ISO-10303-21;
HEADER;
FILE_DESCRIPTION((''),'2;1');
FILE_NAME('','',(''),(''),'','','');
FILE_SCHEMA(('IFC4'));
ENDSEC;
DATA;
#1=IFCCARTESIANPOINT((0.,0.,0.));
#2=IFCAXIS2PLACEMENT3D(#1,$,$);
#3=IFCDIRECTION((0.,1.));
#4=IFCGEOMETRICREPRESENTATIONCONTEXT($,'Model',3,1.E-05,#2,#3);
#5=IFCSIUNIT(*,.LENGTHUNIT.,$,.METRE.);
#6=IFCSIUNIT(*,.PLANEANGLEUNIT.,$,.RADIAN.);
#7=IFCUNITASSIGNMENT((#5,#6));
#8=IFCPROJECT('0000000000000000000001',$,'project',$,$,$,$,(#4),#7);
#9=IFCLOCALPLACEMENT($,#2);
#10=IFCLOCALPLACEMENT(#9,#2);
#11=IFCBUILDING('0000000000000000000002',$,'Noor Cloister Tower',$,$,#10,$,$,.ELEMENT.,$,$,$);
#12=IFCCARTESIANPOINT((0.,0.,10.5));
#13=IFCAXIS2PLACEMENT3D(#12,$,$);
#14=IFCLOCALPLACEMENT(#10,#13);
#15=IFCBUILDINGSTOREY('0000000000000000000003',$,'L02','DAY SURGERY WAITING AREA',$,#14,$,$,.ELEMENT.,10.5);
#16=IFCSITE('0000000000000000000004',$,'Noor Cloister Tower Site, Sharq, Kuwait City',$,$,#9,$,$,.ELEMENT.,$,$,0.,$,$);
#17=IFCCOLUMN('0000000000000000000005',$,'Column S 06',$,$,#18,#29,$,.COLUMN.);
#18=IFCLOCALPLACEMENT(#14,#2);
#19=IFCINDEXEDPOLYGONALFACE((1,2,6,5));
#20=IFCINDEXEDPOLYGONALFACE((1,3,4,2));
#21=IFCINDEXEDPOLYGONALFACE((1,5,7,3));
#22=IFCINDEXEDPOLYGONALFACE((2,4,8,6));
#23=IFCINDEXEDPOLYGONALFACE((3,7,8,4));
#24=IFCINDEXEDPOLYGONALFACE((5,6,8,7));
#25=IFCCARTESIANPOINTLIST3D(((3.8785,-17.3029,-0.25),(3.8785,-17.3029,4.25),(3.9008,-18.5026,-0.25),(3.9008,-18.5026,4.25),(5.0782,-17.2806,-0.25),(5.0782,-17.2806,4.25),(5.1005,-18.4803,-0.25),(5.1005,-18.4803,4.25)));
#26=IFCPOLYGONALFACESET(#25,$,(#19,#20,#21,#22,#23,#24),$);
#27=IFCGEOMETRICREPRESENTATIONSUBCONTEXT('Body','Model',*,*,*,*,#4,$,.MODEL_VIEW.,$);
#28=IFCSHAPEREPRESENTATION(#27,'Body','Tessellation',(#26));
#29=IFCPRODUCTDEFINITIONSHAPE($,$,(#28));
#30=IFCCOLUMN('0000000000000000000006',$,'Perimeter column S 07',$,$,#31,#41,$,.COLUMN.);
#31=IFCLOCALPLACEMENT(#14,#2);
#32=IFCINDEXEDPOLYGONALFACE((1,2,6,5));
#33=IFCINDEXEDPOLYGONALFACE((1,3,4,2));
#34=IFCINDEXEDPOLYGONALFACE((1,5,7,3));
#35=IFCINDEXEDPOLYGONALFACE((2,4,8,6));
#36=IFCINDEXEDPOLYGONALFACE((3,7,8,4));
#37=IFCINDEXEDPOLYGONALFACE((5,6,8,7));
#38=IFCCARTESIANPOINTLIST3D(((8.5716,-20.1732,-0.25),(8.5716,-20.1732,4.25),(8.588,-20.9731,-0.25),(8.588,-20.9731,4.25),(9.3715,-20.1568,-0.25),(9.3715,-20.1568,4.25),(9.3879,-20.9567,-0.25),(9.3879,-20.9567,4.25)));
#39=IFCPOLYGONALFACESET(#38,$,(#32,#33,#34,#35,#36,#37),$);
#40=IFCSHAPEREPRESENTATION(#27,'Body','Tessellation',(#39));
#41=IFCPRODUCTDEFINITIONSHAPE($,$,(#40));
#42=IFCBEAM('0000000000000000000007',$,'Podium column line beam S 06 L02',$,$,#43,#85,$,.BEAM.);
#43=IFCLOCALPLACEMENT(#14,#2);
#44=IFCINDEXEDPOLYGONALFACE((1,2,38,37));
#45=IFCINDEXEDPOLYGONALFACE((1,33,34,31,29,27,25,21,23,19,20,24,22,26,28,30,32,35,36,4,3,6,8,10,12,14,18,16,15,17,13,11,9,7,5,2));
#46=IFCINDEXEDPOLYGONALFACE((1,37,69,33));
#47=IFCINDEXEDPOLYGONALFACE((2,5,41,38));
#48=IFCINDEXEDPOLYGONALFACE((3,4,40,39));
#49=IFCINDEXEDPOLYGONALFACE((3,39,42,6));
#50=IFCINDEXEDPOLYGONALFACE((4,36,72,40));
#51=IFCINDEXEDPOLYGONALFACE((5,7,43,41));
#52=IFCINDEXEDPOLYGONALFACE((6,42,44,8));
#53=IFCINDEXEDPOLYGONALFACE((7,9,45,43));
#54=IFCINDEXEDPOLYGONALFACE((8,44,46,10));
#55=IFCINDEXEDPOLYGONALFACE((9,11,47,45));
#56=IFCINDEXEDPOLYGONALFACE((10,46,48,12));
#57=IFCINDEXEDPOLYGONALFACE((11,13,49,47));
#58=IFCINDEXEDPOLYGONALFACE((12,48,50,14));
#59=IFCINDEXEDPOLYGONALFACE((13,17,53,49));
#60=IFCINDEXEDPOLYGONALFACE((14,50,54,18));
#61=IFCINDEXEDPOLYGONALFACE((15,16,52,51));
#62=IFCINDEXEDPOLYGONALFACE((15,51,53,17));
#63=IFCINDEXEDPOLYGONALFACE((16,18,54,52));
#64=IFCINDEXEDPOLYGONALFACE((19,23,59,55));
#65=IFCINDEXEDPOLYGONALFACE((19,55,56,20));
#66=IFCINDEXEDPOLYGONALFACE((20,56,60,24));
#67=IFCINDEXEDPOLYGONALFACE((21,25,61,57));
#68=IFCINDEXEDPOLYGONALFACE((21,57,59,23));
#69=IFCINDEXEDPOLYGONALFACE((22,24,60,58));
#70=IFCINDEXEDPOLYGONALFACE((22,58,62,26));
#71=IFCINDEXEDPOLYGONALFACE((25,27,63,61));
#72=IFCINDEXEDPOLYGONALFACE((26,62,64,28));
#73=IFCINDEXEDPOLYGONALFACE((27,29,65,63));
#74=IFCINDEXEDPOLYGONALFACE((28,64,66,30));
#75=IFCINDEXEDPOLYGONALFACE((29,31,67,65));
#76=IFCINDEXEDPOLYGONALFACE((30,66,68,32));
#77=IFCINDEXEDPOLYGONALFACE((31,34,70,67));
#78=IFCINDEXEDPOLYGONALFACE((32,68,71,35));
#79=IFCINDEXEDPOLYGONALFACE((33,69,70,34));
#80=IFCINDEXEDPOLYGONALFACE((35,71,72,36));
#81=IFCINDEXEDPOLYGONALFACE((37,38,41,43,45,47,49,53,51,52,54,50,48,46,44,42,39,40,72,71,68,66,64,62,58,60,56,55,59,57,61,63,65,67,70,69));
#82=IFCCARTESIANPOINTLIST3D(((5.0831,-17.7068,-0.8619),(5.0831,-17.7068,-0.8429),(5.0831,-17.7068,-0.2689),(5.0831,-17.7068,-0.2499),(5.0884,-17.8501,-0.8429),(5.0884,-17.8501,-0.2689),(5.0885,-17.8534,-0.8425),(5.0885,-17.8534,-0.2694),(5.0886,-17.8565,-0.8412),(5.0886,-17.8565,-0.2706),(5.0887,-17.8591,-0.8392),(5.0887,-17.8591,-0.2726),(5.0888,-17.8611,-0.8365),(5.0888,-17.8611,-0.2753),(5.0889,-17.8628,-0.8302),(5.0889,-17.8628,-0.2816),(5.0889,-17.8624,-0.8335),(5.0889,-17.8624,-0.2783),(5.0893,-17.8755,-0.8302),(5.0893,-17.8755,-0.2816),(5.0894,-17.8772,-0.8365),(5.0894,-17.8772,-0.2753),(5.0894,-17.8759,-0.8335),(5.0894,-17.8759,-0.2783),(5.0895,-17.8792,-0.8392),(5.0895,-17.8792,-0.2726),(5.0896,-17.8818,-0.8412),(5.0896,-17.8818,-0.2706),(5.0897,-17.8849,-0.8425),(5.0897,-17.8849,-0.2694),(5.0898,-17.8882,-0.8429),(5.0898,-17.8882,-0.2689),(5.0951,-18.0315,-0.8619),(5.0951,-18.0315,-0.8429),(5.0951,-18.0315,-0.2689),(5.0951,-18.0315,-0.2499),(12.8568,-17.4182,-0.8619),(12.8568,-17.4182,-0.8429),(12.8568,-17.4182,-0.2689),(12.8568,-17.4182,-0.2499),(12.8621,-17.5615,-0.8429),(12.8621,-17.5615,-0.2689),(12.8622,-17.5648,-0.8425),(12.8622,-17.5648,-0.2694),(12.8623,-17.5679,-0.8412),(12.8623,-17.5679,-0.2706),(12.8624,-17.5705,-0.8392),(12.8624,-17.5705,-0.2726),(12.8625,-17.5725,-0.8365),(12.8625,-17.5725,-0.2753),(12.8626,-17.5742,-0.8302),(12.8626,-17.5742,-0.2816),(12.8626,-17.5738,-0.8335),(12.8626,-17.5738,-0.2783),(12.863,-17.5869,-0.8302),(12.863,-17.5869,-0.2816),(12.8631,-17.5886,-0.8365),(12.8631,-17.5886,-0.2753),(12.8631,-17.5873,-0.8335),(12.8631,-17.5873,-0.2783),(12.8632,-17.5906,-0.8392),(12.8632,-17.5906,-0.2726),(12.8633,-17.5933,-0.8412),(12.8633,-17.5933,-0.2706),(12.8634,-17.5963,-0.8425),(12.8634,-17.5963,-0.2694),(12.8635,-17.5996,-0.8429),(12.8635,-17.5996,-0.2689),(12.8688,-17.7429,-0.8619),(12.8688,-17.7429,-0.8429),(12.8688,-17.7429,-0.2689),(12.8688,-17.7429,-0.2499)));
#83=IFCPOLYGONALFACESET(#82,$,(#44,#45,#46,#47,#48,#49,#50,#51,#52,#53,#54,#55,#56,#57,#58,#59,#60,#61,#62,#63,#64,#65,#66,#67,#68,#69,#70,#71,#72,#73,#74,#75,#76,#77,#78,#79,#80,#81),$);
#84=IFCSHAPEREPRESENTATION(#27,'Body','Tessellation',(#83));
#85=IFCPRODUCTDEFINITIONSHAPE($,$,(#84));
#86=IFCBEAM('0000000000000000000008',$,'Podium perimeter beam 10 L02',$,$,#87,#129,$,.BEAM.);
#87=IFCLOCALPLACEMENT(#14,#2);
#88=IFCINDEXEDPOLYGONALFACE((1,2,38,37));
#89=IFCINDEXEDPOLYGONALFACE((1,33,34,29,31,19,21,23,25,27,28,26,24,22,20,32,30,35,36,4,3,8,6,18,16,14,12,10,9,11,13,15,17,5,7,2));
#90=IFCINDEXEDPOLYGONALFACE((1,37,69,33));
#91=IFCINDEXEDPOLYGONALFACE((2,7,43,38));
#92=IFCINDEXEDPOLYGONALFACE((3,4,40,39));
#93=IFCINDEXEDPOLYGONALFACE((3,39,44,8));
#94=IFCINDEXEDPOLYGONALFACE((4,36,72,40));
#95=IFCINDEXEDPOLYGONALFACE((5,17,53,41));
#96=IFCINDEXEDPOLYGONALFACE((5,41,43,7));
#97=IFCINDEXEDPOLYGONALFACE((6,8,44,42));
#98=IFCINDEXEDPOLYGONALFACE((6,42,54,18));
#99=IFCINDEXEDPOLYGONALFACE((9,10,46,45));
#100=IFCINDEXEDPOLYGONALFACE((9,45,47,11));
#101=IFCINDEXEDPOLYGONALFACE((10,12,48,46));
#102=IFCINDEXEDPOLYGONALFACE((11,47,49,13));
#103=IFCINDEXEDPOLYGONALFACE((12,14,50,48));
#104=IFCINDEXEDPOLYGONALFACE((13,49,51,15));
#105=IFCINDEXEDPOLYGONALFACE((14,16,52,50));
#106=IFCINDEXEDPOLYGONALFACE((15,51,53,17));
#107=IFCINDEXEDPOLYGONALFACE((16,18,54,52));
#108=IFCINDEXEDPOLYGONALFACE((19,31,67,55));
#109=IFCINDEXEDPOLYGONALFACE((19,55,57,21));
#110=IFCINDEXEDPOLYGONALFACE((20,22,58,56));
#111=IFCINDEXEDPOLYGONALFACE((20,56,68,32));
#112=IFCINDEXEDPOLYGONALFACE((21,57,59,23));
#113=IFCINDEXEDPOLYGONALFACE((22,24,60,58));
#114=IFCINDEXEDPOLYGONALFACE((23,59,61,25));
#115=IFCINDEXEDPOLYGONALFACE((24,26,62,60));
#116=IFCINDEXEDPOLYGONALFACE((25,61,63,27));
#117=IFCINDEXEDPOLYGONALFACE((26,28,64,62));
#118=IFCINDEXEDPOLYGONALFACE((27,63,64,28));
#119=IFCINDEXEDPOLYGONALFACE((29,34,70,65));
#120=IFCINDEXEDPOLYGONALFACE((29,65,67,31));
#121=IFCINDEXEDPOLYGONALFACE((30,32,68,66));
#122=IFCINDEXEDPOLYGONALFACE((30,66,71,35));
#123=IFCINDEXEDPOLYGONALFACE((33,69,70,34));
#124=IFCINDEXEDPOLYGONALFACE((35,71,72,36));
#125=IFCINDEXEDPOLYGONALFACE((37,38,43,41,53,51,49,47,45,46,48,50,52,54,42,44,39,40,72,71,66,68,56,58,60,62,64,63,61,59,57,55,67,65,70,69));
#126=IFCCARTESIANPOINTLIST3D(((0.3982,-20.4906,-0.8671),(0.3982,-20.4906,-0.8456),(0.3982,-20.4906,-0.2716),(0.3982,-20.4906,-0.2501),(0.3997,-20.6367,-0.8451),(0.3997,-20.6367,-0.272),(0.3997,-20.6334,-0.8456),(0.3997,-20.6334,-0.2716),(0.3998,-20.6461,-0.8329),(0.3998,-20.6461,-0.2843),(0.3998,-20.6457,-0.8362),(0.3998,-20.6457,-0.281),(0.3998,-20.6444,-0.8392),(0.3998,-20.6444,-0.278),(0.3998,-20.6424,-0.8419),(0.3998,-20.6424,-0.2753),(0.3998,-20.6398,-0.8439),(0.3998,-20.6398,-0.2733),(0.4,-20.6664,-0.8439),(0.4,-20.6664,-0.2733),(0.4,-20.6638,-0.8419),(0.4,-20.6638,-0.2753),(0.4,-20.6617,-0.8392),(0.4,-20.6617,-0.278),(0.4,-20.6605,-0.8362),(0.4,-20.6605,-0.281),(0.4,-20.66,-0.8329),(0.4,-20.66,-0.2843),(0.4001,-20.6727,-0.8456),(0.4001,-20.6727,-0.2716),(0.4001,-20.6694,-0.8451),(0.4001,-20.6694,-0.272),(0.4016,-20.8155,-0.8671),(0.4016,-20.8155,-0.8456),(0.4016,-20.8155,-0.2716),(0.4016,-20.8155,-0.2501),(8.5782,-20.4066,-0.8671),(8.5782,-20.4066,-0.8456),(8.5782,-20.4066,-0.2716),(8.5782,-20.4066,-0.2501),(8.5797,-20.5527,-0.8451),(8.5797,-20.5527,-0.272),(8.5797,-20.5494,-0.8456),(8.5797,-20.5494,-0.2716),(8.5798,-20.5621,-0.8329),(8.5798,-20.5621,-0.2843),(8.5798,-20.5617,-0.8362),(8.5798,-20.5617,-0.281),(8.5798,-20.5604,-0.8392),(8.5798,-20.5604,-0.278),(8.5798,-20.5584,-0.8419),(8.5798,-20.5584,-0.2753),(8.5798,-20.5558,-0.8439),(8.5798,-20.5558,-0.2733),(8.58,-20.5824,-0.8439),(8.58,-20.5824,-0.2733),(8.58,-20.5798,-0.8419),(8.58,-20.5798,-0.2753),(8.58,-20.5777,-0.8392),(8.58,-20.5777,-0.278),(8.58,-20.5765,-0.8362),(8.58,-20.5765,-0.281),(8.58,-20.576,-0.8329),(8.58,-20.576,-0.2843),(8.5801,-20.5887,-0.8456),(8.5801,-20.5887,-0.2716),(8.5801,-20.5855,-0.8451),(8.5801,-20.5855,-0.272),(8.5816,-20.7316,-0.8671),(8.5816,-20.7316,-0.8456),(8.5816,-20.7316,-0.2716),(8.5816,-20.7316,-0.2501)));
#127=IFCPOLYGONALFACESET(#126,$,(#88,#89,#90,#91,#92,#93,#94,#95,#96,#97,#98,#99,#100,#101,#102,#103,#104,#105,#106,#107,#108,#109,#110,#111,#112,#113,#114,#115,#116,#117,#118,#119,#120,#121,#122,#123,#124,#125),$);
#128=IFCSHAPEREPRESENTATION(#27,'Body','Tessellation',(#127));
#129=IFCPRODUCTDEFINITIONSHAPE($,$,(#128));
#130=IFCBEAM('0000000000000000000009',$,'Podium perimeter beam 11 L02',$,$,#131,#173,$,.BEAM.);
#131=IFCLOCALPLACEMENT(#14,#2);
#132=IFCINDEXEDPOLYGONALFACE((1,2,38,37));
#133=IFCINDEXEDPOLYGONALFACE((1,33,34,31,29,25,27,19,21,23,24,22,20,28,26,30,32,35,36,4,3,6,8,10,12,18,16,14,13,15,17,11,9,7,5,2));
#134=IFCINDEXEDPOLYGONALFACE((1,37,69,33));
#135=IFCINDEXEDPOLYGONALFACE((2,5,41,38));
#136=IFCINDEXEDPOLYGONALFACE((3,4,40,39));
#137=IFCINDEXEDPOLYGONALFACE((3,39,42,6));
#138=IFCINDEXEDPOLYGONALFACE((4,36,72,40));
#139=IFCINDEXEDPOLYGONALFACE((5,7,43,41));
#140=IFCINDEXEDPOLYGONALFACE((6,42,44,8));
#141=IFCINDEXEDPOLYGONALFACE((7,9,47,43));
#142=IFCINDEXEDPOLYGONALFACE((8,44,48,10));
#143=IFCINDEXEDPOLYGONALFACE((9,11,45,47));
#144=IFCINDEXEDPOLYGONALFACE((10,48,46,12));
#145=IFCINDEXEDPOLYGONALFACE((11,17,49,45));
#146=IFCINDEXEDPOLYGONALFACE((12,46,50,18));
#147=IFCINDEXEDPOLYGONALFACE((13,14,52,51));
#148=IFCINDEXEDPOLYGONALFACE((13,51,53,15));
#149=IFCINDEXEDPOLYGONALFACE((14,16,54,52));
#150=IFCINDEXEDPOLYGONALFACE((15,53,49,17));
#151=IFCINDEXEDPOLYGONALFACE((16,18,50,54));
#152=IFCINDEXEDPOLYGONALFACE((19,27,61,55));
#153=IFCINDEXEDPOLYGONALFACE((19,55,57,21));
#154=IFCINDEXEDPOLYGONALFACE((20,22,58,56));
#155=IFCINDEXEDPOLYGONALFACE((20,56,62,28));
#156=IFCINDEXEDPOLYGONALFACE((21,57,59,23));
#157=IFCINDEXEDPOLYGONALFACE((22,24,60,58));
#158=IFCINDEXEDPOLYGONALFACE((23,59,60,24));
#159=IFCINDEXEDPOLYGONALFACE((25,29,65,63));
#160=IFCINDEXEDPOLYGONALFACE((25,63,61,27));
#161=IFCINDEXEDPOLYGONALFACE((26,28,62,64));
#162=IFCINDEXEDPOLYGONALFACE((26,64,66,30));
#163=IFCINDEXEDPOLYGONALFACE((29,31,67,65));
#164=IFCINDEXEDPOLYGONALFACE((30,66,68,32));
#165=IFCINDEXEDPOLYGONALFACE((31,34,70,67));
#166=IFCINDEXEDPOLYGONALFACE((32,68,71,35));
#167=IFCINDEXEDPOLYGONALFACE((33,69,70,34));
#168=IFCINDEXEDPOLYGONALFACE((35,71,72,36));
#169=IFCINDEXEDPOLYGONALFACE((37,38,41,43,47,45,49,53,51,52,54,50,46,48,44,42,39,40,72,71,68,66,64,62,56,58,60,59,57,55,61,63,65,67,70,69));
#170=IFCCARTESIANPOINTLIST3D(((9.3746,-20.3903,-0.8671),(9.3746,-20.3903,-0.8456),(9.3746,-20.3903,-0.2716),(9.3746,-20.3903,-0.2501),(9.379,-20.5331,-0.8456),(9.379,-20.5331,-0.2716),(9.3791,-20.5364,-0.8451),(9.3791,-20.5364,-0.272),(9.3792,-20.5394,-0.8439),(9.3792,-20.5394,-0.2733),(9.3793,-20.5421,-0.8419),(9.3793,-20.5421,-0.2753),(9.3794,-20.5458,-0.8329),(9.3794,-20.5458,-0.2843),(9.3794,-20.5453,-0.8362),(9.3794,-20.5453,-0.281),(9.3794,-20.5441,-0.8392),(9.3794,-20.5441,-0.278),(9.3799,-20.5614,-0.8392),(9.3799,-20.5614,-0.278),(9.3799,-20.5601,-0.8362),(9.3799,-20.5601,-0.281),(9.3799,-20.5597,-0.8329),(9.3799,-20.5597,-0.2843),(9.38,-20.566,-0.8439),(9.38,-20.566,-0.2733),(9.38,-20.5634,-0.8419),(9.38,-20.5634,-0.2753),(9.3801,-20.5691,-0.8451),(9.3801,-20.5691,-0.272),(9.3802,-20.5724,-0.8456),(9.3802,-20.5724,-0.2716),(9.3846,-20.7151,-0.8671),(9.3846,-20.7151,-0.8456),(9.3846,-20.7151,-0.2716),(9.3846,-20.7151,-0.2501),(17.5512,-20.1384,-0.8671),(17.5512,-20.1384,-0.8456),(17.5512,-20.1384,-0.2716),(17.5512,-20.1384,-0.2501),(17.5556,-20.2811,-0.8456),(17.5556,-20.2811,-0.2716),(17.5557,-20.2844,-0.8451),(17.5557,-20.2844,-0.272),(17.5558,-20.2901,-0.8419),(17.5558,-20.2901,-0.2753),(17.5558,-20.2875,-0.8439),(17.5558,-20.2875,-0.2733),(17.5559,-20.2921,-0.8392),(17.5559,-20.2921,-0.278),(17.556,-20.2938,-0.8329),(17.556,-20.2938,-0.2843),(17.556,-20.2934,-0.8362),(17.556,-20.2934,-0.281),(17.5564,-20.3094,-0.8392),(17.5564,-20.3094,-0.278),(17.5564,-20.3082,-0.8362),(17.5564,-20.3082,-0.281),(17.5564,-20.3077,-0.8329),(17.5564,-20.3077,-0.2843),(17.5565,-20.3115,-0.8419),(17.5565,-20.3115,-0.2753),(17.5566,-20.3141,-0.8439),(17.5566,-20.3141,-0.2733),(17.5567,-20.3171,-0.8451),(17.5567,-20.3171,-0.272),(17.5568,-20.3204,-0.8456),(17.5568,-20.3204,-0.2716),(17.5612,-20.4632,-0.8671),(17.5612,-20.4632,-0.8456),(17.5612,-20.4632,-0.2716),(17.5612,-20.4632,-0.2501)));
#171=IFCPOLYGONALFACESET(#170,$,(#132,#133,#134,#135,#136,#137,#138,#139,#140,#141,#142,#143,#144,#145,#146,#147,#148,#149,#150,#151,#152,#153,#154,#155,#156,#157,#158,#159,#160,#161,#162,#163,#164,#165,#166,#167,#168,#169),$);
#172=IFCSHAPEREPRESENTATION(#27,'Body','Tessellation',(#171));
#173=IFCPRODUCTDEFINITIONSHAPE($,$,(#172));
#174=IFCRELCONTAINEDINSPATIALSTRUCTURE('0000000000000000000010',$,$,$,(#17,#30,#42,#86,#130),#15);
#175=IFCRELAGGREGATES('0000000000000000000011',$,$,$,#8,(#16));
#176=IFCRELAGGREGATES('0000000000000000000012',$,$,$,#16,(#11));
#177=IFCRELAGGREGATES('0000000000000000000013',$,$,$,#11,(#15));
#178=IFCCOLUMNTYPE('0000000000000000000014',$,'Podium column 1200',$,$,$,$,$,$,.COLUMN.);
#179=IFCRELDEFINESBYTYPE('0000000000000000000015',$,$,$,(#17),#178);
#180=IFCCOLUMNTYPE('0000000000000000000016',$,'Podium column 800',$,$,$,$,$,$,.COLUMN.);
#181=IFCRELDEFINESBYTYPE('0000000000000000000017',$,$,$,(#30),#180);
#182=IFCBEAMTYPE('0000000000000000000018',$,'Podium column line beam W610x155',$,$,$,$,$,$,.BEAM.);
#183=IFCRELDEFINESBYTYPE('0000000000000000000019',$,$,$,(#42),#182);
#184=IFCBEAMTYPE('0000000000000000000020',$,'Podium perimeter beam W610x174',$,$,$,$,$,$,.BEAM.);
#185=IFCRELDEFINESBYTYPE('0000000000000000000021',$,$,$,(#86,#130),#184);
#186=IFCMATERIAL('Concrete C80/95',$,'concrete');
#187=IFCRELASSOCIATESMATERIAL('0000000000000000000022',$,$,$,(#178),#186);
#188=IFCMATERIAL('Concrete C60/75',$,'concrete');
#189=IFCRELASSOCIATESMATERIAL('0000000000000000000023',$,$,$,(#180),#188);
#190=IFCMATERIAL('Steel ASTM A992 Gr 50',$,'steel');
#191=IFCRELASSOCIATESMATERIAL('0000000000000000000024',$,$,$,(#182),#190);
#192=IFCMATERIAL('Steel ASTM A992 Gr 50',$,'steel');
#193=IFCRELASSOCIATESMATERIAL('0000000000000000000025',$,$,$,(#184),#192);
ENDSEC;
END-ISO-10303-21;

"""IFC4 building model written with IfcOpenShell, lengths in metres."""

from ifc_helpers import new_model, si_unit, direction, frame, origin, origin_2d, place, context, subcontext, project, spatial, rectangle, i_section, extrude, material, material_profile, profile_set, type_object, element, save


model = new_model("IFC4")

# Units and contexts
model_context = context("Model", 3, precision=1e-05, world=origin(), true_north=direction((0.0, 1.0)))
body_context = subcontext(model_context, "Body", "Model", "MODEL_VIEW")
ifc_project = project(units=[si_unit("LENGTHUNIT", "METRE"), si_unit("PLANEANGLEUNIT", "RADIAN")], contexts=[model_context])

# Site, building, storey
site_placement = place(None, origin())
site = spatial("IfcSite", under=ifc_project, at=site_placement, Name="Noor Cloister Tower Site, Sharq, Kuwait City", CompositionType="ELEMENT", RefElevation=0.0)
building_placement = place(site_placement, origin())
building = spatial("IfcBuilding", under=site, at=building_placement, Name="Noor Cloister Tower", CompositionType="ELEMENT")
storey_placement = place(building_placement, frame((0.0, 0.0, 10.5)))
storey = spatial("IfcBuildingStorey", under=building, at=storey_placement, Name="L02", Description="DAY SURGERY WAITING AREA", CompositionType="ELEMENT", Elevation=10.5)

# Columns
ifc_material_1 = material(Name="Concrete C80/95", Category="concrete")
ifc_material_profile_1 = material_profile(ifc_material_1, rectangle(XDim=1.2, YDim=1.2, at=origin_2d()), Name="Podium column 1200")
ifc_profile_set_1 = profile_set([ifc_material_profile_1], Name="Concrete C80/95")
column_type_1 = type_object("IfcColumnType", Name="Podium column 1200", PredefinedType="COLUMN", material=ifc_profile_set_1)
column_1_placement = place(storey_placement, frame((4.4895, -17.8916, -0.25), z_axis=(0.0, 0.0, 1.0), x_axis=(0.018553, -0.999828, 0.0)))
element("IfcColumn", 1, at=column_1_placement, inside=storey, type_object=column_type_1, Name="Column S 06", PredefinedType="COLUMN", context=body_context, shape_type="SweptSolid", body=[
    extrude(rectangle(XDim=1.2, YDim=1.2, at=origin_2d()), origin(), (0.0, 0.0, 1.0), 4.5),
])
ifc_material_2 = material(Name="Concrete C60/75", Category="concrete")
ifc_material_profile_2 = material_profile(ifc_material_2, rectangle(XDim=0.8, YDim=0.8, at=origin_2d()), Name="Podium column 800")
ifc_profile_set_2 = profile_set([ifc_material_profile_2], Name="Concrete C60/75")
column_type_2 = type_object("IfcColumnType", Name="Podium column 800", PredefinedType="COLUMN", material=ifc_profile_set_2)
column_2_placement = place(storey_placement, frame((8.9797, -20.5649, -0.25), z_axis=(0.0, 0.0, 1.0), x_axis=(0.020537, -0.999789, 0.0)))
element("IfcColumn", 2, at=column_2_placement, inside=storey, type_object=column_type_2, Name="Perimeter column S 07", PredefinedType="COLUMN", context=body_context, shape_type="SweptSolid", body=[
    extrude(rectangle(XDim=0.8, YDim=0.8, at=origin_2d()), origin(), (0.0, 0.0, 1.0), 4.5),
])

# Beams
ifc_material_3 = material(Name="Steel ASTM A992 Gr 50", Category="steel")
ifc_material_profile_3 = material_profile(ifc_material_3, i_section(OverallWidth=0.325, OverallDepth=0.6121, WebThickness=0.0127, FlangeThickness=0.019, FilletRadius=0.0127, at=origin_2d()), Name="W610x155")
ifc_profile_set_3 = profile_set([ifc_material_profile_3], Name="Steel ASTM A992 Gr 50")
beam_type_1 = type_object("IfcBeamType", Name="Podium column line beam W610x155", PredefinedType="BEAM", material=ifc_profile_set_3)
beam_1_placement = place(storey_placement, frame((5.0891, -17.8691, -0.5559), z_axis=(0.999312, 0.037096, 0.0), x_axis=(-0.037096, 0.999312, 0.0)))
element("IfcBeam", 3, at=beam_1_placement, inside=storey, type_object=beam_type_1, Name="Podium column line beam S 06 L02", PredefinedType="BEAM", context=body_context, shape_type="SweptSolid", body=[
    extrude(i_section(OverallWidth=0.325, OverallDepth=0.6121, WebThickness=0.0127, FlangeThickness=0.019, FilletRadius=0.0127, at=origin_2d()), origin(), (0.0, 0.0, 1.0), 7.7791),
])
ifc_material_4 = material(Name="Steel ASTM A992 Gr 50", Category="steel")
ifc_material_profile_4 = material_profile(ifc_material_4, i_section(OverallWidth=0.325, OverallDepth=0.6169, WebThickness=0.0139, FlangeThickness=0.0215, FilletRadius=0.0127, at=origin_2d()), Name="W610x174")
ifc_profile_set_4 = profile_set([ifc_material_profile_4], Name="Steel ASTM A992 Gr 50")
beam_type_2 = type_object("IfcBeamType", Name="Podium perimeter beam W610x174", PredefinedType="BEAM", material=ifc_profile_set_4)
for number, where, z_axis, x_axis, name in (
    (4, (0.3999, -20.6531, -0.5586), (0.999947, 0.010267, 0.0), (-0.010267, 0.999947, 0.0), "Podium perimeter beam 10 L02"),
    (5, (9.3796, -20.5527, -0.5586), (0.999526, 0.0308, 0.0), (-0.0308, 0.999526, 0.0), "Podium perimeter beam 11 L02"),
):
    element("IfcBeam", number, at=place(storey_placement, frame(where, z_axis=z_axis, x_axis=x_axis)), inside=storey, type_object=beam_type_2, Name=name, PredefinedType="BEAM", context=body_context, shape_type="SweptSolid", body=[
        extrude(i_section(OverallWidth=0.325, OverallDepth=0.6169, WebThickness=0.0139, FlangeThickness=0.0215, FilletRadius=0.0127, at=origin_2d()), origin(), (0.0, 0.0, 1.0), 8.1804),
    ])

save(model, "model.ifc")
